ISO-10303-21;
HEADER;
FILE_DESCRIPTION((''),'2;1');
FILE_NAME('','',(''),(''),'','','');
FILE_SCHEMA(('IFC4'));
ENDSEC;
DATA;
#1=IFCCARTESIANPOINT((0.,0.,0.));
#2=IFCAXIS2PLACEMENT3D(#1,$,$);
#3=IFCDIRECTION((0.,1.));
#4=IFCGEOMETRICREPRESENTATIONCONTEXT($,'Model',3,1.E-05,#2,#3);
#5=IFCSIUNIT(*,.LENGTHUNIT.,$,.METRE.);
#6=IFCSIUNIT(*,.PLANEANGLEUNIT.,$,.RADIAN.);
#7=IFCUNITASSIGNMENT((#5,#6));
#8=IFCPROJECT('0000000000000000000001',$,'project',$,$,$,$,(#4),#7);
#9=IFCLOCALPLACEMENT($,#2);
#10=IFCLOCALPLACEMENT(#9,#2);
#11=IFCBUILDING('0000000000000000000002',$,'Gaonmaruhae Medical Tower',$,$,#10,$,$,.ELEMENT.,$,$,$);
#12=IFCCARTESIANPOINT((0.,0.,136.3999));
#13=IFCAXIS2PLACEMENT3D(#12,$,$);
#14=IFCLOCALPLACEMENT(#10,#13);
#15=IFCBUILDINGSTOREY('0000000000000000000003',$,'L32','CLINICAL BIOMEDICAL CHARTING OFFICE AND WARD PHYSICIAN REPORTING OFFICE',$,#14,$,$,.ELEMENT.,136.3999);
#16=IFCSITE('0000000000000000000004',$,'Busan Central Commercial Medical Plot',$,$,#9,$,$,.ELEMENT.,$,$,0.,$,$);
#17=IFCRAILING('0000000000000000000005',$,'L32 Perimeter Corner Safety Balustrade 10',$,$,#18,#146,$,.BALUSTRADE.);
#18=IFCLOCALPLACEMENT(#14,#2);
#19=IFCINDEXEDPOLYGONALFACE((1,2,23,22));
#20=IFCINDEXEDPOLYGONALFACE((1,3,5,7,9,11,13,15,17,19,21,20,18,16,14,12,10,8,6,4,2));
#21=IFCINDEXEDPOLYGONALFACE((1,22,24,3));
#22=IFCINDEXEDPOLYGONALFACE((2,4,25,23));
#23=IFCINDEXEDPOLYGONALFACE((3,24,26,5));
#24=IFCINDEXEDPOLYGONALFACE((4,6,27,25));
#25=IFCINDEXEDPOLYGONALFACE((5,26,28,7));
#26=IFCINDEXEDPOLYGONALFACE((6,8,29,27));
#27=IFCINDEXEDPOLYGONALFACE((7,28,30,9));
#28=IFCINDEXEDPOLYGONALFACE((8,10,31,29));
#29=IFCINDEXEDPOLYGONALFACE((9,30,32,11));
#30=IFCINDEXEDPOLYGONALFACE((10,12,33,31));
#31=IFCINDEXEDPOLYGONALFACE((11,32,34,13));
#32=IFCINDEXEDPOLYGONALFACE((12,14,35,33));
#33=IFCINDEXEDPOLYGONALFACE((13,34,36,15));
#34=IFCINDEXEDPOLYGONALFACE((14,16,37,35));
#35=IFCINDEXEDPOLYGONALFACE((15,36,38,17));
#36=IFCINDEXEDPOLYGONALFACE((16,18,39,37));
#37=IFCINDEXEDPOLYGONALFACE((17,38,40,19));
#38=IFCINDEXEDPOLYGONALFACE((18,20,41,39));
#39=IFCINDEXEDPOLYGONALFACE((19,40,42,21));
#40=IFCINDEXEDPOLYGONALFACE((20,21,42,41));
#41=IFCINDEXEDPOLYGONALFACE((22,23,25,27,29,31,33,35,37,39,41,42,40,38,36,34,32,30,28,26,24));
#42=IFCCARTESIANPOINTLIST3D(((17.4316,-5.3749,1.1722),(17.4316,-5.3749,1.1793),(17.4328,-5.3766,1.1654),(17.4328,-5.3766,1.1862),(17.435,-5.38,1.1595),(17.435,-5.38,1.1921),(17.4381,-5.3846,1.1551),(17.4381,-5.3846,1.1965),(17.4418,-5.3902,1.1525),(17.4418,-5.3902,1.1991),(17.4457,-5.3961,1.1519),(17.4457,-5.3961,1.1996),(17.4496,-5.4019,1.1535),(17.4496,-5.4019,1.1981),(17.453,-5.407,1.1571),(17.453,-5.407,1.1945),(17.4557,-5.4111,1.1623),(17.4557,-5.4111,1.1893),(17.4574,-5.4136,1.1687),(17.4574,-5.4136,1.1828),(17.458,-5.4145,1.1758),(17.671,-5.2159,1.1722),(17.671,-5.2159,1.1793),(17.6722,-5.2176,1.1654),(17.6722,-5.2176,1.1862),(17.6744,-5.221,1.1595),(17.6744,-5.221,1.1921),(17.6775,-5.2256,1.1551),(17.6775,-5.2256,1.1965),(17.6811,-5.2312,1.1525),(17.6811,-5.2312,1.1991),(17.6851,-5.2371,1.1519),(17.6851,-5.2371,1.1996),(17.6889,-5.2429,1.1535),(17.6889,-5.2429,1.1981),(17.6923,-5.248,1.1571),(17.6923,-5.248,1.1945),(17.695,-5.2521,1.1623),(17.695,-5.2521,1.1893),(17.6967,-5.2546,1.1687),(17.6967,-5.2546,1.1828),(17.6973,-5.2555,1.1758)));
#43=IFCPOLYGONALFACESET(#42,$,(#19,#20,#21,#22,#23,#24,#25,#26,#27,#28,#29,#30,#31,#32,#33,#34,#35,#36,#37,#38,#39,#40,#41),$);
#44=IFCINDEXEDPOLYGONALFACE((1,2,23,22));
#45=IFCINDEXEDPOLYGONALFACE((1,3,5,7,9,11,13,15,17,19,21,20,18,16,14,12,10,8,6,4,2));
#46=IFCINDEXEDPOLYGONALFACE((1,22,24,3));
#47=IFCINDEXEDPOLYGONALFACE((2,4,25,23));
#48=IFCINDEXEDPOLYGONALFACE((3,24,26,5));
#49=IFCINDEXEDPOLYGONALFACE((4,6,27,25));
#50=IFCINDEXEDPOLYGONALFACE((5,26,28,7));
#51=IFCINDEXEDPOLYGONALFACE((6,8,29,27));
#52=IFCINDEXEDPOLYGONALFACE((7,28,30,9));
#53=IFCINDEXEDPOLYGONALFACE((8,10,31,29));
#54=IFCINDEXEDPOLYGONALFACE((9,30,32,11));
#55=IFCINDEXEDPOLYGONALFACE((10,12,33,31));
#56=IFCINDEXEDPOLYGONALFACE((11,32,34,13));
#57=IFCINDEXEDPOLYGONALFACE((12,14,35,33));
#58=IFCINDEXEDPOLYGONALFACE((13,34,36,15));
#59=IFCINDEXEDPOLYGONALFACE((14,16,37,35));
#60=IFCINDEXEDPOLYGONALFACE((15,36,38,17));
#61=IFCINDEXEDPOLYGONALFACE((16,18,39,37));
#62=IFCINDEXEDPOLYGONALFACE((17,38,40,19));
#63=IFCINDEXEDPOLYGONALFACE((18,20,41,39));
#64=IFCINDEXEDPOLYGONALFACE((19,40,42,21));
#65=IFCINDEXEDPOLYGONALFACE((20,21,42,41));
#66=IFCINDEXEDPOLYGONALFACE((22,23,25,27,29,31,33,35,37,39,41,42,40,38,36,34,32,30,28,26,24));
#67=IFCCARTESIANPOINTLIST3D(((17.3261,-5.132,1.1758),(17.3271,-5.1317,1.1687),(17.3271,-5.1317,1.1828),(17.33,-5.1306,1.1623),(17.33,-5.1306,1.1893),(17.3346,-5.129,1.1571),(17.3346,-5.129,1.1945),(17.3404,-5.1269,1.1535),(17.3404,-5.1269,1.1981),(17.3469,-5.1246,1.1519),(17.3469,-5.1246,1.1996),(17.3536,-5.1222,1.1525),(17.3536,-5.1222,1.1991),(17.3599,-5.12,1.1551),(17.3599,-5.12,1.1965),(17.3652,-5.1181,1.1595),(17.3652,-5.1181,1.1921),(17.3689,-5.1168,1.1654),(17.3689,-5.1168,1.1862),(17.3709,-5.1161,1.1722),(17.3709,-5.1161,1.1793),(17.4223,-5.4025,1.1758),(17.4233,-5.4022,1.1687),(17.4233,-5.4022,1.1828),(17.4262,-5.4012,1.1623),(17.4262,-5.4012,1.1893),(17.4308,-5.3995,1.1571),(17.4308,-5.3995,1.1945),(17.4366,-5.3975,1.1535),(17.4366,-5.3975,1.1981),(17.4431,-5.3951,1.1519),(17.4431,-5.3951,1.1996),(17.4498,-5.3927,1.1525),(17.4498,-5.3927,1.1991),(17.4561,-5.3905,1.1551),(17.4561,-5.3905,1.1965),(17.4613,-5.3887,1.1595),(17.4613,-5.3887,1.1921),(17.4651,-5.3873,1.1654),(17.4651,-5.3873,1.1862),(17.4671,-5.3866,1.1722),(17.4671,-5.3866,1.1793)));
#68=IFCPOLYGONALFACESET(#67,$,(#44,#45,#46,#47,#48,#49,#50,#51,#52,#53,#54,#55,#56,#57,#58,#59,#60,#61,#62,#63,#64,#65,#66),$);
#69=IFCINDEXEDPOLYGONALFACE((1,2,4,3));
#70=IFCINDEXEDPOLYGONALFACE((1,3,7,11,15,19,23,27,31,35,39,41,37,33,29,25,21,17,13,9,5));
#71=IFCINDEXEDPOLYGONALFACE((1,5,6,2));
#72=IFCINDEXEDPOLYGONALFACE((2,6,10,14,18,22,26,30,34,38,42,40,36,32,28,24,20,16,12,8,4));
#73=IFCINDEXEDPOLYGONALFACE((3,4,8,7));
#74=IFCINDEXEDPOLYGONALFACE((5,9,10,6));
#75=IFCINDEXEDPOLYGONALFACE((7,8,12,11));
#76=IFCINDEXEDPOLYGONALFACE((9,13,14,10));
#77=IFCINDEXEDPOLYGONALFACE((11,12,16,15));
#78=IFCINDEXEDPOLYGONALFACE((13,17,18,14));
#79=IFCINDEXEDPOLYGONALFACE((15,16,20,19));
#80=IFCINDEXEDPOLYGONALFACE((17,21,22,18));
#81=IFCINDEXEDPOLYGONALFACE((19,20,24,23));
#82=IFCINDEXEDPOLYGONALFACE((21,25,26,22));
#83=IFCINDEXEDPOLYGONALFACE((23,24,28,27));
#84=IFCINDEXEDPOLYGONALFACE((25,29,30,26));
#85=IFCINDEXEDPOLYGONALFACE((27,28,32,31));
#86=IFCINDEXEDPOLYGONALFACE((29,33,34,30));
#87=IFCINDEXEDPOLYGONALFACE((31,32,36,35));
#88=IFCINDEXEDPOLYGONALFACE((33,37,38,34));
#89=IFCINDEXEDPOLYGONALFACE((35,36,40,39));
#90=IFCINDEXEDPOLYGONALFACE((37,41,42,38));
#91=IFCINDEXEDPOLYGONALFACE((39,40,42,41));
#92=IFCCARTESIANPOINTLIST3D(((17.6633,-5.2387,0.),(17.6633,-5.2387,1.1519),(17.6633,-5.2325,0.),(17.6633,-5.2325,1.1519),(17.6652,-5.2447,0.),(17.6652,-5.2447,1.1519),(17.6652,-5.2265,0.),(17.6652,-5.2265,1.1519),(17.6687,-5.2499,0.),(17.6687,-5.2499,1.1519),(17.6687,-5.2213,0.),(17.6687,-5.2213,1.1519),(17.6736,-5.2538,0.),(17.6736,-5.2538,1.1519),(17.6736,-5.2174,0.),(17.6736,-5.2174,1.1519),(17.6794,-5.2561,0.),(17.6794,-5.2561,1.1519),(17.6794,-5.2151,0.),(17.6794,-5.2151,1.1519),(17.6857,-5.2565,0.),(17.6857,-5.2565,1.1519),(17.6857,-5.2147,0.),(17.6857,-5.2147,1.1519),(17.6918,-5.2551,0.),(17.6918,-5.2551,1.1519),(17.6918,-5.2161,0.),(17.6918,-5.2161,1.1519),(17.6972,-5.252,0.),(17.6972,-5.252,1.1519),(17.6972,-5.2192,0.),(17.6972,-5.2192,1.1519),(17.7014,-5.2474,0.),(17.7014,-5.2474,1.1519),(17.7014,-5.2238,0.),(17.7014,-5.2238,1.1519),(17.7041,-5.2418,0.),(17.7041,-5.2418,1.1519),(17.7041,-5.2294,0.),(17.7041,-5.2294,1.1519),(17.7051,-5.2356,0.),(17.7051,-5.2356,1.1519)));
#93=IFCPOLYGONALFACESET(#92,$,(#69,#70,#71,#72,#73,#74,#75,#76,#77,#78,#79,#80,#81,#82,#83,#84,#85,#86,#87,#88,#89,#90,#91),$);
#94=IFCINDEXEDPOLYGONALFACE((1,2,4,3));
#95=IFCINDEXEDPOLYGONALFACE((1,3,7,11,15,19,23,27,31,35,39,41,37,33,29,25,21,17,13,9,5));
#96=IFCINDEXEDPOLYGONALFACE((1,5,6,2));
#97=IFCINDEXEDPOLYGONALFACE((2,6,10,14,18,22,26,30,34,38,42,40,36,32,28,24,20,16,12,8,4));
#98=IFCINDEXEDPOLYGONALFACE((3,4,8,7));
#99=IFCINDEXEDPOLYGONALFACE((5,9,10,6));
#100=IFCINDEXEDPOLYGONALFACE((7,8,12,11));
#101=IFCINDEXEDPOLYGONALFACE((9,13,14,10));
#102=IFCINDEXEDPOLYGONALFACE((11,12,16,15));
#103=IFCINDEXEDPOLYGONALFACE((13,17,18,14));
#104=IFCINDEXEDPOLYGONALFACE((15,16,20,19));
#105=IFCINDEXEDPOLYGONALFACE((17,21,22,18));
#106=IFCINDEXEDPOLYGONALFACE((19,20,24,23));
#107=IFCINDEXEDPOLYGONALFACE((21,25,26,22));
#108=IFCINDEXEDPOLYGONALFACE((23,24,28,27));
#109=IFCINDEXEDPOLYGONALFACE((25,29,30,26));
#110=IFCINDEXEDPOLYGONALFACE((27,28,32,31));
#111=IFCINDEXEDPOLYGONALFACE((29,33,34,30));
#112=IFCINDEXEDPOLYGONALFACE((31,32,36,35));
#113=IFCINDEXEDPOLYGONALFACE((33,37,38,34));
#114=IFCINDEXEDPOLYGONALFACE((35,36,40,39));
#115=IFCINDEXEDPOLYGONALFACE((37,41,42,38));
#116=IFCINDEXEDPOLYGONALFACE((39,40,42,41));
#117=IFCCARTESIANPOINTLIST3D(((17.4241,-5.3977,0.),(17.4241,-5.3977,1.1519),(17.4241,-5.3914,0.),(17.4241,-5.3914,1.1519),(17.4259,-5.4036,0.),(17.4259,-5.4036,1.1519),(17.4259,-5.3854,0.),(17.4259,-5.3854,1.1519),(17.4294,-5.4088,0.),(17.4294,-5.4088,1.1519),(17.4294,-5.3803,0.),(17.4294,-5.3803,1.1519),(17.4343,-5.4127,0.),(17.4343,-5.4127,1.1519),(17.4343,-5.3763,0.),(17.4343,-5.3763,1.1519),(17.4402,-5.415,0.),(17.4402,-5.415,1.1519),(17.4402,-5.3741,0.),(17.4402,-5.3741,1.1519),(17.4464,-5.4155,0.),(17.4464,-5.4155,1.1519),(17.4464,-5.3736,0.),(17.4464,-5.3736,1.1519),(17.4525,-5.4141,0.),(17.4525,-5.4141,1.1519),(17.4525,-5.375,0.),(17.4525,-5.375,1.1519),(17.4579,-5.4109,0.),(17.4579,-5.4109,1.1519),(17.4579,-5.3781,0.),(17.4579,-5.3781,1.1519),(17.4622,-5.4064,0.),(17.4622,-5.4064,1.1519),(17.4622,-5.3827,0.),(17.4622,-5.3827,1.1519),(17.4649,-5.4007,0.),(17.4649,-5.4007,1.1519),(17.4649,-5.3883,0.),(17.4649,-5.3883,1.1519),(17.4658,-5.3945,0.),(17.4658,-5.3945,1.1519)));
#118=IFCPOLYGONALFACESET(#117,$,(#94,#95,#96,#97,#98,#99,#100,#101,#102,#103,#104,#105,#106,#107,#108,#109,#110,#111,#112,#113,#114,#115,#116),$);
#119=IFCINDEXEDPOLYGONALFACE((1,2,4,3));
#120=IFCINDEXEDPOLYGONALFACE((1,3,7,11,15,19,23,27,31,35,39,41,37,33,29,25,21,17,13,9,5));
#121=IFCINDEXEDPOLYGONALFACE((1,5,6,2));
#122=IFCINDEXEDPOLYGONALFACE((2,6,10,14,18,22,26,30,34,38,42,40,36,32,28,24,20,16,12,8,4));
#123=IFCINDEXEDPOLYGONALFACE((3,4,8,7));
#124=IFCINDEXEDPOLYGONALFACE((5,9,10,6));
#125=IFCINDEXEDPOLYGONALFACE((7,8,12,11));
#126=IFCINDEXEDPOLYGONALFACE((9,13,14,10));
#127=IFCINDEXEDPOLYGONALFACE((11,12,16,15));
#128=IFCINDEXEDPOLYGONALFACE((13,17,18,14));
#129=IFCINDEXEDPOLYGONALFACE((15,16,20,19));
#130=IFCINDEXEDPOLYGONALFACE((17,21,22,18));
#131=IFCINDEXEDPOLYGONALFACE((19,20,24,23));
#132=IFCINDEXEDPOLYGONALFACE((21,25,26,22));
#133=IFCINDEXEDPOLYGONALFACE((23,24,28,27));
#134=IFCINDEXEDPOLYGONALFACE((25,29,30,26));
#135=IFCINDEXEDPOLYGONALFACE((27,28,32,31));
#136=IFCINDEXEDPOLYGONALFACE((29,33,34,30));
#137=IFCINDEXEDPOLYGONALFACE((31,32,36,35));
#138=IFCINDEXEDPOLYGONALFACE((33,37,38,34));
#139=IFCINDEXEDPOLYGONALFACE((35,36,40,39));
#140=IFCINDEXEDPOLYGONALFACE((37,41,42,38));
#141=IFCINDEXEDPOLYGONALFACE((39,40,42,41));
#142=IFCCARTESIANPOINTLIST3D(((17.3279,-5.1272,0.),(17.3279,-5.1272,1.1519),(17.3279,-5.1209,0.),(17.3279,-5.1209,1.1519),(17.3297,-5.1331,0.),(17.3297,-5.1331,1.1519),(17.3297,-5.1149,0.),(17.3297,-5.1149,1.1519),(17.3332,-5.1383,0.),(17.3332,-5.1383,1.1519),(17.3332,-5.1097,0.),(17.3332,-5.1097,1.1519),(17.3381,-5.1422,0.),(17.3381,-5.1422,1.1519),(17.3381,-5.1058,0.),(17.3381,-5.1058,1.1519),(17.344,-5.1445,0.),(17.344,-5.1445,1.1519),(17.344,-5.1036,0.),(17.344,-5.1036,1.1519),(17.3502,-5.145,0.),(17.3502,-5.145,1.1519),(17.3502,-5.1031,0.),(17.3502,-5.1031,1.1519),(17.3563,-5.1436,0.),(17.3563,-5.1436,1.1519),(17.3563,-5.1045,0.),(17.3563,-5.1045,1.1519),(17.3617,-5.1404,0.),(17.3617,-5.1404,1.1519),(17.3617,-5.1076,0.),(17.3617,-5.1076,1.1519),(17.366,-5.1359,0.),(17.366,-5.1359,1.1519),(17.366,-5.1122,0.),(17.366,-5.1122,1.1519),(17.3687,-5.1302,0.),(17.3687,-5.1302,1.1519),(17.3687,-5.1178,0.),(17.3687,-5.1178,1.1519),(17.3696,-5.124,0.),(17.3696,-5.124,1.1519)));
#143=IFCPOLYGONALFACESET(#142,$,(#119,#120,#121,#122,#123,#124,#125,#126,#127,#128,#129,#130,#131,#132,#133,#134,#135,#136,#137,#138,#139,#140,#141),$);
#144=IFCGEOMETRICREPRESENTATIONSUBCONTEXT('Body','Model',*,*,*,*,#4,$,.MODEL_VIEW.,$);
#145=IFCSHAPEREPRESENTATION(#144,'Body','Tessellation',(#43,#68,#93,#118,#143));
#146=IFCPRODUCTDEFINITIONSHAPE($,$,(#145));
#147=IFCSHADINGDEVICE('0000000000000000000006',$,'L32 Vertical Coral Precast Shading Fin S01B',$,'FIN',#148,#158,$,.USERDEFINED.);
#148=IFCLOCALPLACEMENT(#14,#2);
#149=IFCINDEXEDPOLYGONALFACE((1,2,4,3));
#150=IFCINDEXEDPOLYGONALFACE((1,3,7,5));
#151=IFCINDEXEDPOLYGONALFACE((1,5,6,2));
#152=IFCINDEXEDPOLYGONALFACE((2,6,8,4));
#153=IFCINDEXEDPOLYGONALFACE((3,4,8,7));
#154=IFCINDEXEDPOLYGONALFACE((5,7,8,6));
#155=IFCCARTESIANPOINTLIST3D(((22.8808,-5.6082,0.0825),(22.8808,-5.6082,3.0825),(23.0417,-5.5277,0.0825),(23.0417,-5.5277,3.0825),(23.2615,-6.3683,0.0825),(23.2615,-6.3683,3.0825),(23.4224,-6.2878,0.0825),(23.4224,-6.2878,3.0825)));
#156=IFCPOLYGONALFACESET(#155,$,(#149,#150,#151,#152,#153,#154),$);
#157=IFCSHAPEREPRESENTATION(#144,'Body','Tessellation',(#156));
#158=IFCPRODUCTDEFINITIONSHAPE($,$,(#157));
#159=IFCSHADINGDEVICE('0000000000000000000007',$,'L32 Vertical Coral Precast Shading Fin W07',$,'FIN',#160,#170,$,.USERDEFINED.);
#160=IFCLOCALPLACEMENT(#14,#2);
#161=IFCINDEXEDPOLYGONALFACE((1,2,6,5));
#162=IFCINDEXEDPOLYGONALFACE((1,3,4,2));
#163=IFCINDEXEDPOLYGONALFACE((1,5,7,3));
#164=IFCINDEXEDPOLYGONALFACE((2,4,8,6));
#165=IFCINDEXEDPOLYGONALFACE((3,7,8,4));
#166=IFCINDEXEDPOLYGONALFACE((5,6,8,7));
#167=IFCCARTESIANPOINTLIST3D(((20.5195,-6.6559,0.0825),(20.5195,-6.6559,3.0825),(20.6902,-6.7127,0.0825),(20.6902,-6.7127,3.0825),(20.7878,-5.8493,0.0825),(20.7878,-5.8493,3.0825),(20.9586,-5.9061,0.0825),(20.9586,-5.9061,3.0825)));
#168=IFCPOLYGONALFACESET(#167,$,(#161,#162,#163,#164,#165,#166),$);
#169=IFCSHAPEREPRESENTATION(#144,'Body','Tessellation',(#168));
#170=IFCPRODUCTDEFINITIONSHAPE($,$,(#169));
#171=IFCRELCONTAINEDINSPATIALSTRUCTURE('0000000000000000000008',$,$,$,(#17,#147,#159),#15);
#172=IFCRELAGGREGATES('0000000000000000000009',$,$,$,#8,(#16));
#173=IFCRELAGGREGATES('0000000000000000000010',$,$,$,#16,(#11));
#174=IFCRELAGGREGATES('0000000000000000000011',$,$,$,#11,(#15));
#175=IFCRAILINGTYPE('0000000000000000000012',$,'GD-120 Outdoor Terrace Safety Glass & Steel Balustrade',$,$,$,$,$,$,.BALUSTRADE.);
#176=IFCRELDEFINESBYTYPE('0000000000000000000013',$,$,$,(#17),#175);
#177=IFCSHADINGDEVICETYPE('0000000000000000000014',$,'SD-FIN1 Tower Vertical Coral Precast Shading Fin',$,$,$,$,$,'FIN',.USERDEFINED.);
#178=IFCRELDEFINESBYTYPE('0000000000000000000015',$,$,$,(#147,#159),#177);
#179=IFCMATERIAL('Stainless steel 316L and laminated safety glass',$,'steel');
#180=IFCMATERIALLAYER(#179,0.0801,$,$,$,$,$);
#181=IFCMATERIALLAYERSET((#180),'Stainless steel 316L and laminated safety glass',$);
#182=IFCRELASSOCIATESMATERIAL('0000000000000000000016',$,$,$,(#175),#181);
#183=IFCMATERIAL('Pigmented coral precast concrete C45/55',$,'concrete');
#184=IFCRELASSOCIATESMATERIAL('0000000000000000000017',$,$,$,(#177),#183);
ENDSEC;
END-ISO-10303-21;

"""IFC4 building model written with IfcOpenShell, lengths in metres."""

from ifc_helpers import new_model, si_unit, direction, frame, origin, origin_2d, place, context, subcontext, project, spatial, rectangle, circle, extrude, material, layer, layer_set, type_object, element, save


model = new_model("IFC4")

# Units and contexts
model_context = context("Model", 3, precision=1e-05, world=origin(), true_north=direction((0.0, 1.0)))
body_context = subcontext(model_context, "Body", "Model", "MODEL_VIEW")
ifc_project = project(units=[si_unit("LENGTHUNIT", "METRE"), si_unit("PLANEANGLEUNIT", "RADIAN")], contexts=[model_context])

# Site, building, storey
site_placement = place(None, origin())
site = spatial("IfcSite", under=ifc_project, at=site_placement, Name="Busan Central Commercial Medical Plot", CompositionType="ELEMENT", RefElevation=0.0)
building_placement = place(site_placement, origin())
building = spatial("IfcBuilding", under=site, at=building_placement, Name="Gaonmaruhae Medical Tower", CompositionType="ELEMENT")
storey_placement = place(building_placement, frame((0.0, 0.0, 136.3999)))
storey = spatial("IfcBuildingStorey", under=building, at=storey_placement, Name="L32", Description="CLINICAL BIOMEDICAL CHARTING OFFICE AND WARD PHYSICIAN REPORTING OFFICE", CompositionType="ELEMENT", Elevation=136.3999)

# Railing
ifc_material_1 = material(Name="Stainless steel 316L and laminated safety glass", Category="steel")
ifc_layer_1 = layer(ifc_material_1, 0.0801)
ifc_layer_set_1 = layer_set([ifc_layer_1], Name="Stainless steel 316L and laminated safety glass")
railing_type_1 = type_object("IfcRailingType", Name="GD-120 Outdoor Terrace Safety Glass & Steel Balustrade", PredefinedType="BALUSTRADE", material=ifc_layer_set_1)
for number, where, name in (
    (1, (17.6841, -5.2356, 0.0), "L32 Perimeter Corner Safety Balustrade 10"),
):
    element("IfcRailing", number, at=place(storey_placement, frame(where)), inside=storey, type_object=railing_type_1, Name=name, PredefinedType="BALUSTRADE", context=body_context, shape_type="SweptSolid", body=[
        extrude(circle(Radius=0.0239, at=origin_2d()), frame((0.0, 0.0, 1.1758), z_axis=(-0.832965, -0.553326, 0.0), x_axis=(0.553326, -0.832965, 0.0)), (0.0, 0.0, 1.0), 0.2874),
        extrude(circle(Radius=0.0239, at=origin_2d()), frame((-0.2393, -0.1589, 1.1758), z_axis=(-0.335043, 0.942203, 0.0), x_axis=(-0.942203, -0.335043, 0.0)), (0.0, 0.0, 1.0), 0.2871),
        extrude(circle(Radius=0.021, at=origin_2d()), origin(), (0.0, 0.0, 1.0), 1.1519),
        extrude(circle(Radius=0.021, at=origin_2d()), frame((-0.2393, -0.1589, 0.0)), (0.0, 0.0, 1.0), 1.1519),
        extrude(circle(Radius=0.021, at=origin_2d()), frame((-0.3354, 0.1116, 0.0)), (0.0, 0.0, 1.0), 1.1519),
    ])

# Shading devices
ifc_material_2 = material(Name="Pigmented coral precast concrete C45/55", Category="concrete")
shading_device_type = type_object("IfcShadingDeviceType", Name="SD-FIN1 Tower Vertical Coral Precast Shading Fin", ElementType="FIN", PredefinedType="USERDEFINED", material=ifc_material_2)
for number, where, z_axis, x_axis, name in (
    (2, (23.1516, -5.948, 0.0825), (0.0, 0.0, 1.0), (-0.894154, -0.447759, 0.0), "L32 Vertical Coral Precast Shading Fin S01B"),
    (3, (20.739, -6.281, 0.0825), (0.0, 0.0, 1.0), (-0.948871, 0.315666, 0.0), "L32 Vertical Coral Precast Shading Fin W07"),
):
    element("IfcShadingDevice", number, at=place(storey_placement, frame(where, z_axis=z_axis, x_axis=x_axis)), inside=storey, type_object=shading_device_type, Name=name, ObjectType="FIN", PredefinedType="USERDEFINED", context=body_context, shape_type="SweptSolid", body=[
        extrude(rectangle(XDim=0.1799, YDim=0.8501, at=origin_2d()), origin(), (0.0, 0.0, 1.0), 3.0),
    ])

save(model, "model.ifc")
